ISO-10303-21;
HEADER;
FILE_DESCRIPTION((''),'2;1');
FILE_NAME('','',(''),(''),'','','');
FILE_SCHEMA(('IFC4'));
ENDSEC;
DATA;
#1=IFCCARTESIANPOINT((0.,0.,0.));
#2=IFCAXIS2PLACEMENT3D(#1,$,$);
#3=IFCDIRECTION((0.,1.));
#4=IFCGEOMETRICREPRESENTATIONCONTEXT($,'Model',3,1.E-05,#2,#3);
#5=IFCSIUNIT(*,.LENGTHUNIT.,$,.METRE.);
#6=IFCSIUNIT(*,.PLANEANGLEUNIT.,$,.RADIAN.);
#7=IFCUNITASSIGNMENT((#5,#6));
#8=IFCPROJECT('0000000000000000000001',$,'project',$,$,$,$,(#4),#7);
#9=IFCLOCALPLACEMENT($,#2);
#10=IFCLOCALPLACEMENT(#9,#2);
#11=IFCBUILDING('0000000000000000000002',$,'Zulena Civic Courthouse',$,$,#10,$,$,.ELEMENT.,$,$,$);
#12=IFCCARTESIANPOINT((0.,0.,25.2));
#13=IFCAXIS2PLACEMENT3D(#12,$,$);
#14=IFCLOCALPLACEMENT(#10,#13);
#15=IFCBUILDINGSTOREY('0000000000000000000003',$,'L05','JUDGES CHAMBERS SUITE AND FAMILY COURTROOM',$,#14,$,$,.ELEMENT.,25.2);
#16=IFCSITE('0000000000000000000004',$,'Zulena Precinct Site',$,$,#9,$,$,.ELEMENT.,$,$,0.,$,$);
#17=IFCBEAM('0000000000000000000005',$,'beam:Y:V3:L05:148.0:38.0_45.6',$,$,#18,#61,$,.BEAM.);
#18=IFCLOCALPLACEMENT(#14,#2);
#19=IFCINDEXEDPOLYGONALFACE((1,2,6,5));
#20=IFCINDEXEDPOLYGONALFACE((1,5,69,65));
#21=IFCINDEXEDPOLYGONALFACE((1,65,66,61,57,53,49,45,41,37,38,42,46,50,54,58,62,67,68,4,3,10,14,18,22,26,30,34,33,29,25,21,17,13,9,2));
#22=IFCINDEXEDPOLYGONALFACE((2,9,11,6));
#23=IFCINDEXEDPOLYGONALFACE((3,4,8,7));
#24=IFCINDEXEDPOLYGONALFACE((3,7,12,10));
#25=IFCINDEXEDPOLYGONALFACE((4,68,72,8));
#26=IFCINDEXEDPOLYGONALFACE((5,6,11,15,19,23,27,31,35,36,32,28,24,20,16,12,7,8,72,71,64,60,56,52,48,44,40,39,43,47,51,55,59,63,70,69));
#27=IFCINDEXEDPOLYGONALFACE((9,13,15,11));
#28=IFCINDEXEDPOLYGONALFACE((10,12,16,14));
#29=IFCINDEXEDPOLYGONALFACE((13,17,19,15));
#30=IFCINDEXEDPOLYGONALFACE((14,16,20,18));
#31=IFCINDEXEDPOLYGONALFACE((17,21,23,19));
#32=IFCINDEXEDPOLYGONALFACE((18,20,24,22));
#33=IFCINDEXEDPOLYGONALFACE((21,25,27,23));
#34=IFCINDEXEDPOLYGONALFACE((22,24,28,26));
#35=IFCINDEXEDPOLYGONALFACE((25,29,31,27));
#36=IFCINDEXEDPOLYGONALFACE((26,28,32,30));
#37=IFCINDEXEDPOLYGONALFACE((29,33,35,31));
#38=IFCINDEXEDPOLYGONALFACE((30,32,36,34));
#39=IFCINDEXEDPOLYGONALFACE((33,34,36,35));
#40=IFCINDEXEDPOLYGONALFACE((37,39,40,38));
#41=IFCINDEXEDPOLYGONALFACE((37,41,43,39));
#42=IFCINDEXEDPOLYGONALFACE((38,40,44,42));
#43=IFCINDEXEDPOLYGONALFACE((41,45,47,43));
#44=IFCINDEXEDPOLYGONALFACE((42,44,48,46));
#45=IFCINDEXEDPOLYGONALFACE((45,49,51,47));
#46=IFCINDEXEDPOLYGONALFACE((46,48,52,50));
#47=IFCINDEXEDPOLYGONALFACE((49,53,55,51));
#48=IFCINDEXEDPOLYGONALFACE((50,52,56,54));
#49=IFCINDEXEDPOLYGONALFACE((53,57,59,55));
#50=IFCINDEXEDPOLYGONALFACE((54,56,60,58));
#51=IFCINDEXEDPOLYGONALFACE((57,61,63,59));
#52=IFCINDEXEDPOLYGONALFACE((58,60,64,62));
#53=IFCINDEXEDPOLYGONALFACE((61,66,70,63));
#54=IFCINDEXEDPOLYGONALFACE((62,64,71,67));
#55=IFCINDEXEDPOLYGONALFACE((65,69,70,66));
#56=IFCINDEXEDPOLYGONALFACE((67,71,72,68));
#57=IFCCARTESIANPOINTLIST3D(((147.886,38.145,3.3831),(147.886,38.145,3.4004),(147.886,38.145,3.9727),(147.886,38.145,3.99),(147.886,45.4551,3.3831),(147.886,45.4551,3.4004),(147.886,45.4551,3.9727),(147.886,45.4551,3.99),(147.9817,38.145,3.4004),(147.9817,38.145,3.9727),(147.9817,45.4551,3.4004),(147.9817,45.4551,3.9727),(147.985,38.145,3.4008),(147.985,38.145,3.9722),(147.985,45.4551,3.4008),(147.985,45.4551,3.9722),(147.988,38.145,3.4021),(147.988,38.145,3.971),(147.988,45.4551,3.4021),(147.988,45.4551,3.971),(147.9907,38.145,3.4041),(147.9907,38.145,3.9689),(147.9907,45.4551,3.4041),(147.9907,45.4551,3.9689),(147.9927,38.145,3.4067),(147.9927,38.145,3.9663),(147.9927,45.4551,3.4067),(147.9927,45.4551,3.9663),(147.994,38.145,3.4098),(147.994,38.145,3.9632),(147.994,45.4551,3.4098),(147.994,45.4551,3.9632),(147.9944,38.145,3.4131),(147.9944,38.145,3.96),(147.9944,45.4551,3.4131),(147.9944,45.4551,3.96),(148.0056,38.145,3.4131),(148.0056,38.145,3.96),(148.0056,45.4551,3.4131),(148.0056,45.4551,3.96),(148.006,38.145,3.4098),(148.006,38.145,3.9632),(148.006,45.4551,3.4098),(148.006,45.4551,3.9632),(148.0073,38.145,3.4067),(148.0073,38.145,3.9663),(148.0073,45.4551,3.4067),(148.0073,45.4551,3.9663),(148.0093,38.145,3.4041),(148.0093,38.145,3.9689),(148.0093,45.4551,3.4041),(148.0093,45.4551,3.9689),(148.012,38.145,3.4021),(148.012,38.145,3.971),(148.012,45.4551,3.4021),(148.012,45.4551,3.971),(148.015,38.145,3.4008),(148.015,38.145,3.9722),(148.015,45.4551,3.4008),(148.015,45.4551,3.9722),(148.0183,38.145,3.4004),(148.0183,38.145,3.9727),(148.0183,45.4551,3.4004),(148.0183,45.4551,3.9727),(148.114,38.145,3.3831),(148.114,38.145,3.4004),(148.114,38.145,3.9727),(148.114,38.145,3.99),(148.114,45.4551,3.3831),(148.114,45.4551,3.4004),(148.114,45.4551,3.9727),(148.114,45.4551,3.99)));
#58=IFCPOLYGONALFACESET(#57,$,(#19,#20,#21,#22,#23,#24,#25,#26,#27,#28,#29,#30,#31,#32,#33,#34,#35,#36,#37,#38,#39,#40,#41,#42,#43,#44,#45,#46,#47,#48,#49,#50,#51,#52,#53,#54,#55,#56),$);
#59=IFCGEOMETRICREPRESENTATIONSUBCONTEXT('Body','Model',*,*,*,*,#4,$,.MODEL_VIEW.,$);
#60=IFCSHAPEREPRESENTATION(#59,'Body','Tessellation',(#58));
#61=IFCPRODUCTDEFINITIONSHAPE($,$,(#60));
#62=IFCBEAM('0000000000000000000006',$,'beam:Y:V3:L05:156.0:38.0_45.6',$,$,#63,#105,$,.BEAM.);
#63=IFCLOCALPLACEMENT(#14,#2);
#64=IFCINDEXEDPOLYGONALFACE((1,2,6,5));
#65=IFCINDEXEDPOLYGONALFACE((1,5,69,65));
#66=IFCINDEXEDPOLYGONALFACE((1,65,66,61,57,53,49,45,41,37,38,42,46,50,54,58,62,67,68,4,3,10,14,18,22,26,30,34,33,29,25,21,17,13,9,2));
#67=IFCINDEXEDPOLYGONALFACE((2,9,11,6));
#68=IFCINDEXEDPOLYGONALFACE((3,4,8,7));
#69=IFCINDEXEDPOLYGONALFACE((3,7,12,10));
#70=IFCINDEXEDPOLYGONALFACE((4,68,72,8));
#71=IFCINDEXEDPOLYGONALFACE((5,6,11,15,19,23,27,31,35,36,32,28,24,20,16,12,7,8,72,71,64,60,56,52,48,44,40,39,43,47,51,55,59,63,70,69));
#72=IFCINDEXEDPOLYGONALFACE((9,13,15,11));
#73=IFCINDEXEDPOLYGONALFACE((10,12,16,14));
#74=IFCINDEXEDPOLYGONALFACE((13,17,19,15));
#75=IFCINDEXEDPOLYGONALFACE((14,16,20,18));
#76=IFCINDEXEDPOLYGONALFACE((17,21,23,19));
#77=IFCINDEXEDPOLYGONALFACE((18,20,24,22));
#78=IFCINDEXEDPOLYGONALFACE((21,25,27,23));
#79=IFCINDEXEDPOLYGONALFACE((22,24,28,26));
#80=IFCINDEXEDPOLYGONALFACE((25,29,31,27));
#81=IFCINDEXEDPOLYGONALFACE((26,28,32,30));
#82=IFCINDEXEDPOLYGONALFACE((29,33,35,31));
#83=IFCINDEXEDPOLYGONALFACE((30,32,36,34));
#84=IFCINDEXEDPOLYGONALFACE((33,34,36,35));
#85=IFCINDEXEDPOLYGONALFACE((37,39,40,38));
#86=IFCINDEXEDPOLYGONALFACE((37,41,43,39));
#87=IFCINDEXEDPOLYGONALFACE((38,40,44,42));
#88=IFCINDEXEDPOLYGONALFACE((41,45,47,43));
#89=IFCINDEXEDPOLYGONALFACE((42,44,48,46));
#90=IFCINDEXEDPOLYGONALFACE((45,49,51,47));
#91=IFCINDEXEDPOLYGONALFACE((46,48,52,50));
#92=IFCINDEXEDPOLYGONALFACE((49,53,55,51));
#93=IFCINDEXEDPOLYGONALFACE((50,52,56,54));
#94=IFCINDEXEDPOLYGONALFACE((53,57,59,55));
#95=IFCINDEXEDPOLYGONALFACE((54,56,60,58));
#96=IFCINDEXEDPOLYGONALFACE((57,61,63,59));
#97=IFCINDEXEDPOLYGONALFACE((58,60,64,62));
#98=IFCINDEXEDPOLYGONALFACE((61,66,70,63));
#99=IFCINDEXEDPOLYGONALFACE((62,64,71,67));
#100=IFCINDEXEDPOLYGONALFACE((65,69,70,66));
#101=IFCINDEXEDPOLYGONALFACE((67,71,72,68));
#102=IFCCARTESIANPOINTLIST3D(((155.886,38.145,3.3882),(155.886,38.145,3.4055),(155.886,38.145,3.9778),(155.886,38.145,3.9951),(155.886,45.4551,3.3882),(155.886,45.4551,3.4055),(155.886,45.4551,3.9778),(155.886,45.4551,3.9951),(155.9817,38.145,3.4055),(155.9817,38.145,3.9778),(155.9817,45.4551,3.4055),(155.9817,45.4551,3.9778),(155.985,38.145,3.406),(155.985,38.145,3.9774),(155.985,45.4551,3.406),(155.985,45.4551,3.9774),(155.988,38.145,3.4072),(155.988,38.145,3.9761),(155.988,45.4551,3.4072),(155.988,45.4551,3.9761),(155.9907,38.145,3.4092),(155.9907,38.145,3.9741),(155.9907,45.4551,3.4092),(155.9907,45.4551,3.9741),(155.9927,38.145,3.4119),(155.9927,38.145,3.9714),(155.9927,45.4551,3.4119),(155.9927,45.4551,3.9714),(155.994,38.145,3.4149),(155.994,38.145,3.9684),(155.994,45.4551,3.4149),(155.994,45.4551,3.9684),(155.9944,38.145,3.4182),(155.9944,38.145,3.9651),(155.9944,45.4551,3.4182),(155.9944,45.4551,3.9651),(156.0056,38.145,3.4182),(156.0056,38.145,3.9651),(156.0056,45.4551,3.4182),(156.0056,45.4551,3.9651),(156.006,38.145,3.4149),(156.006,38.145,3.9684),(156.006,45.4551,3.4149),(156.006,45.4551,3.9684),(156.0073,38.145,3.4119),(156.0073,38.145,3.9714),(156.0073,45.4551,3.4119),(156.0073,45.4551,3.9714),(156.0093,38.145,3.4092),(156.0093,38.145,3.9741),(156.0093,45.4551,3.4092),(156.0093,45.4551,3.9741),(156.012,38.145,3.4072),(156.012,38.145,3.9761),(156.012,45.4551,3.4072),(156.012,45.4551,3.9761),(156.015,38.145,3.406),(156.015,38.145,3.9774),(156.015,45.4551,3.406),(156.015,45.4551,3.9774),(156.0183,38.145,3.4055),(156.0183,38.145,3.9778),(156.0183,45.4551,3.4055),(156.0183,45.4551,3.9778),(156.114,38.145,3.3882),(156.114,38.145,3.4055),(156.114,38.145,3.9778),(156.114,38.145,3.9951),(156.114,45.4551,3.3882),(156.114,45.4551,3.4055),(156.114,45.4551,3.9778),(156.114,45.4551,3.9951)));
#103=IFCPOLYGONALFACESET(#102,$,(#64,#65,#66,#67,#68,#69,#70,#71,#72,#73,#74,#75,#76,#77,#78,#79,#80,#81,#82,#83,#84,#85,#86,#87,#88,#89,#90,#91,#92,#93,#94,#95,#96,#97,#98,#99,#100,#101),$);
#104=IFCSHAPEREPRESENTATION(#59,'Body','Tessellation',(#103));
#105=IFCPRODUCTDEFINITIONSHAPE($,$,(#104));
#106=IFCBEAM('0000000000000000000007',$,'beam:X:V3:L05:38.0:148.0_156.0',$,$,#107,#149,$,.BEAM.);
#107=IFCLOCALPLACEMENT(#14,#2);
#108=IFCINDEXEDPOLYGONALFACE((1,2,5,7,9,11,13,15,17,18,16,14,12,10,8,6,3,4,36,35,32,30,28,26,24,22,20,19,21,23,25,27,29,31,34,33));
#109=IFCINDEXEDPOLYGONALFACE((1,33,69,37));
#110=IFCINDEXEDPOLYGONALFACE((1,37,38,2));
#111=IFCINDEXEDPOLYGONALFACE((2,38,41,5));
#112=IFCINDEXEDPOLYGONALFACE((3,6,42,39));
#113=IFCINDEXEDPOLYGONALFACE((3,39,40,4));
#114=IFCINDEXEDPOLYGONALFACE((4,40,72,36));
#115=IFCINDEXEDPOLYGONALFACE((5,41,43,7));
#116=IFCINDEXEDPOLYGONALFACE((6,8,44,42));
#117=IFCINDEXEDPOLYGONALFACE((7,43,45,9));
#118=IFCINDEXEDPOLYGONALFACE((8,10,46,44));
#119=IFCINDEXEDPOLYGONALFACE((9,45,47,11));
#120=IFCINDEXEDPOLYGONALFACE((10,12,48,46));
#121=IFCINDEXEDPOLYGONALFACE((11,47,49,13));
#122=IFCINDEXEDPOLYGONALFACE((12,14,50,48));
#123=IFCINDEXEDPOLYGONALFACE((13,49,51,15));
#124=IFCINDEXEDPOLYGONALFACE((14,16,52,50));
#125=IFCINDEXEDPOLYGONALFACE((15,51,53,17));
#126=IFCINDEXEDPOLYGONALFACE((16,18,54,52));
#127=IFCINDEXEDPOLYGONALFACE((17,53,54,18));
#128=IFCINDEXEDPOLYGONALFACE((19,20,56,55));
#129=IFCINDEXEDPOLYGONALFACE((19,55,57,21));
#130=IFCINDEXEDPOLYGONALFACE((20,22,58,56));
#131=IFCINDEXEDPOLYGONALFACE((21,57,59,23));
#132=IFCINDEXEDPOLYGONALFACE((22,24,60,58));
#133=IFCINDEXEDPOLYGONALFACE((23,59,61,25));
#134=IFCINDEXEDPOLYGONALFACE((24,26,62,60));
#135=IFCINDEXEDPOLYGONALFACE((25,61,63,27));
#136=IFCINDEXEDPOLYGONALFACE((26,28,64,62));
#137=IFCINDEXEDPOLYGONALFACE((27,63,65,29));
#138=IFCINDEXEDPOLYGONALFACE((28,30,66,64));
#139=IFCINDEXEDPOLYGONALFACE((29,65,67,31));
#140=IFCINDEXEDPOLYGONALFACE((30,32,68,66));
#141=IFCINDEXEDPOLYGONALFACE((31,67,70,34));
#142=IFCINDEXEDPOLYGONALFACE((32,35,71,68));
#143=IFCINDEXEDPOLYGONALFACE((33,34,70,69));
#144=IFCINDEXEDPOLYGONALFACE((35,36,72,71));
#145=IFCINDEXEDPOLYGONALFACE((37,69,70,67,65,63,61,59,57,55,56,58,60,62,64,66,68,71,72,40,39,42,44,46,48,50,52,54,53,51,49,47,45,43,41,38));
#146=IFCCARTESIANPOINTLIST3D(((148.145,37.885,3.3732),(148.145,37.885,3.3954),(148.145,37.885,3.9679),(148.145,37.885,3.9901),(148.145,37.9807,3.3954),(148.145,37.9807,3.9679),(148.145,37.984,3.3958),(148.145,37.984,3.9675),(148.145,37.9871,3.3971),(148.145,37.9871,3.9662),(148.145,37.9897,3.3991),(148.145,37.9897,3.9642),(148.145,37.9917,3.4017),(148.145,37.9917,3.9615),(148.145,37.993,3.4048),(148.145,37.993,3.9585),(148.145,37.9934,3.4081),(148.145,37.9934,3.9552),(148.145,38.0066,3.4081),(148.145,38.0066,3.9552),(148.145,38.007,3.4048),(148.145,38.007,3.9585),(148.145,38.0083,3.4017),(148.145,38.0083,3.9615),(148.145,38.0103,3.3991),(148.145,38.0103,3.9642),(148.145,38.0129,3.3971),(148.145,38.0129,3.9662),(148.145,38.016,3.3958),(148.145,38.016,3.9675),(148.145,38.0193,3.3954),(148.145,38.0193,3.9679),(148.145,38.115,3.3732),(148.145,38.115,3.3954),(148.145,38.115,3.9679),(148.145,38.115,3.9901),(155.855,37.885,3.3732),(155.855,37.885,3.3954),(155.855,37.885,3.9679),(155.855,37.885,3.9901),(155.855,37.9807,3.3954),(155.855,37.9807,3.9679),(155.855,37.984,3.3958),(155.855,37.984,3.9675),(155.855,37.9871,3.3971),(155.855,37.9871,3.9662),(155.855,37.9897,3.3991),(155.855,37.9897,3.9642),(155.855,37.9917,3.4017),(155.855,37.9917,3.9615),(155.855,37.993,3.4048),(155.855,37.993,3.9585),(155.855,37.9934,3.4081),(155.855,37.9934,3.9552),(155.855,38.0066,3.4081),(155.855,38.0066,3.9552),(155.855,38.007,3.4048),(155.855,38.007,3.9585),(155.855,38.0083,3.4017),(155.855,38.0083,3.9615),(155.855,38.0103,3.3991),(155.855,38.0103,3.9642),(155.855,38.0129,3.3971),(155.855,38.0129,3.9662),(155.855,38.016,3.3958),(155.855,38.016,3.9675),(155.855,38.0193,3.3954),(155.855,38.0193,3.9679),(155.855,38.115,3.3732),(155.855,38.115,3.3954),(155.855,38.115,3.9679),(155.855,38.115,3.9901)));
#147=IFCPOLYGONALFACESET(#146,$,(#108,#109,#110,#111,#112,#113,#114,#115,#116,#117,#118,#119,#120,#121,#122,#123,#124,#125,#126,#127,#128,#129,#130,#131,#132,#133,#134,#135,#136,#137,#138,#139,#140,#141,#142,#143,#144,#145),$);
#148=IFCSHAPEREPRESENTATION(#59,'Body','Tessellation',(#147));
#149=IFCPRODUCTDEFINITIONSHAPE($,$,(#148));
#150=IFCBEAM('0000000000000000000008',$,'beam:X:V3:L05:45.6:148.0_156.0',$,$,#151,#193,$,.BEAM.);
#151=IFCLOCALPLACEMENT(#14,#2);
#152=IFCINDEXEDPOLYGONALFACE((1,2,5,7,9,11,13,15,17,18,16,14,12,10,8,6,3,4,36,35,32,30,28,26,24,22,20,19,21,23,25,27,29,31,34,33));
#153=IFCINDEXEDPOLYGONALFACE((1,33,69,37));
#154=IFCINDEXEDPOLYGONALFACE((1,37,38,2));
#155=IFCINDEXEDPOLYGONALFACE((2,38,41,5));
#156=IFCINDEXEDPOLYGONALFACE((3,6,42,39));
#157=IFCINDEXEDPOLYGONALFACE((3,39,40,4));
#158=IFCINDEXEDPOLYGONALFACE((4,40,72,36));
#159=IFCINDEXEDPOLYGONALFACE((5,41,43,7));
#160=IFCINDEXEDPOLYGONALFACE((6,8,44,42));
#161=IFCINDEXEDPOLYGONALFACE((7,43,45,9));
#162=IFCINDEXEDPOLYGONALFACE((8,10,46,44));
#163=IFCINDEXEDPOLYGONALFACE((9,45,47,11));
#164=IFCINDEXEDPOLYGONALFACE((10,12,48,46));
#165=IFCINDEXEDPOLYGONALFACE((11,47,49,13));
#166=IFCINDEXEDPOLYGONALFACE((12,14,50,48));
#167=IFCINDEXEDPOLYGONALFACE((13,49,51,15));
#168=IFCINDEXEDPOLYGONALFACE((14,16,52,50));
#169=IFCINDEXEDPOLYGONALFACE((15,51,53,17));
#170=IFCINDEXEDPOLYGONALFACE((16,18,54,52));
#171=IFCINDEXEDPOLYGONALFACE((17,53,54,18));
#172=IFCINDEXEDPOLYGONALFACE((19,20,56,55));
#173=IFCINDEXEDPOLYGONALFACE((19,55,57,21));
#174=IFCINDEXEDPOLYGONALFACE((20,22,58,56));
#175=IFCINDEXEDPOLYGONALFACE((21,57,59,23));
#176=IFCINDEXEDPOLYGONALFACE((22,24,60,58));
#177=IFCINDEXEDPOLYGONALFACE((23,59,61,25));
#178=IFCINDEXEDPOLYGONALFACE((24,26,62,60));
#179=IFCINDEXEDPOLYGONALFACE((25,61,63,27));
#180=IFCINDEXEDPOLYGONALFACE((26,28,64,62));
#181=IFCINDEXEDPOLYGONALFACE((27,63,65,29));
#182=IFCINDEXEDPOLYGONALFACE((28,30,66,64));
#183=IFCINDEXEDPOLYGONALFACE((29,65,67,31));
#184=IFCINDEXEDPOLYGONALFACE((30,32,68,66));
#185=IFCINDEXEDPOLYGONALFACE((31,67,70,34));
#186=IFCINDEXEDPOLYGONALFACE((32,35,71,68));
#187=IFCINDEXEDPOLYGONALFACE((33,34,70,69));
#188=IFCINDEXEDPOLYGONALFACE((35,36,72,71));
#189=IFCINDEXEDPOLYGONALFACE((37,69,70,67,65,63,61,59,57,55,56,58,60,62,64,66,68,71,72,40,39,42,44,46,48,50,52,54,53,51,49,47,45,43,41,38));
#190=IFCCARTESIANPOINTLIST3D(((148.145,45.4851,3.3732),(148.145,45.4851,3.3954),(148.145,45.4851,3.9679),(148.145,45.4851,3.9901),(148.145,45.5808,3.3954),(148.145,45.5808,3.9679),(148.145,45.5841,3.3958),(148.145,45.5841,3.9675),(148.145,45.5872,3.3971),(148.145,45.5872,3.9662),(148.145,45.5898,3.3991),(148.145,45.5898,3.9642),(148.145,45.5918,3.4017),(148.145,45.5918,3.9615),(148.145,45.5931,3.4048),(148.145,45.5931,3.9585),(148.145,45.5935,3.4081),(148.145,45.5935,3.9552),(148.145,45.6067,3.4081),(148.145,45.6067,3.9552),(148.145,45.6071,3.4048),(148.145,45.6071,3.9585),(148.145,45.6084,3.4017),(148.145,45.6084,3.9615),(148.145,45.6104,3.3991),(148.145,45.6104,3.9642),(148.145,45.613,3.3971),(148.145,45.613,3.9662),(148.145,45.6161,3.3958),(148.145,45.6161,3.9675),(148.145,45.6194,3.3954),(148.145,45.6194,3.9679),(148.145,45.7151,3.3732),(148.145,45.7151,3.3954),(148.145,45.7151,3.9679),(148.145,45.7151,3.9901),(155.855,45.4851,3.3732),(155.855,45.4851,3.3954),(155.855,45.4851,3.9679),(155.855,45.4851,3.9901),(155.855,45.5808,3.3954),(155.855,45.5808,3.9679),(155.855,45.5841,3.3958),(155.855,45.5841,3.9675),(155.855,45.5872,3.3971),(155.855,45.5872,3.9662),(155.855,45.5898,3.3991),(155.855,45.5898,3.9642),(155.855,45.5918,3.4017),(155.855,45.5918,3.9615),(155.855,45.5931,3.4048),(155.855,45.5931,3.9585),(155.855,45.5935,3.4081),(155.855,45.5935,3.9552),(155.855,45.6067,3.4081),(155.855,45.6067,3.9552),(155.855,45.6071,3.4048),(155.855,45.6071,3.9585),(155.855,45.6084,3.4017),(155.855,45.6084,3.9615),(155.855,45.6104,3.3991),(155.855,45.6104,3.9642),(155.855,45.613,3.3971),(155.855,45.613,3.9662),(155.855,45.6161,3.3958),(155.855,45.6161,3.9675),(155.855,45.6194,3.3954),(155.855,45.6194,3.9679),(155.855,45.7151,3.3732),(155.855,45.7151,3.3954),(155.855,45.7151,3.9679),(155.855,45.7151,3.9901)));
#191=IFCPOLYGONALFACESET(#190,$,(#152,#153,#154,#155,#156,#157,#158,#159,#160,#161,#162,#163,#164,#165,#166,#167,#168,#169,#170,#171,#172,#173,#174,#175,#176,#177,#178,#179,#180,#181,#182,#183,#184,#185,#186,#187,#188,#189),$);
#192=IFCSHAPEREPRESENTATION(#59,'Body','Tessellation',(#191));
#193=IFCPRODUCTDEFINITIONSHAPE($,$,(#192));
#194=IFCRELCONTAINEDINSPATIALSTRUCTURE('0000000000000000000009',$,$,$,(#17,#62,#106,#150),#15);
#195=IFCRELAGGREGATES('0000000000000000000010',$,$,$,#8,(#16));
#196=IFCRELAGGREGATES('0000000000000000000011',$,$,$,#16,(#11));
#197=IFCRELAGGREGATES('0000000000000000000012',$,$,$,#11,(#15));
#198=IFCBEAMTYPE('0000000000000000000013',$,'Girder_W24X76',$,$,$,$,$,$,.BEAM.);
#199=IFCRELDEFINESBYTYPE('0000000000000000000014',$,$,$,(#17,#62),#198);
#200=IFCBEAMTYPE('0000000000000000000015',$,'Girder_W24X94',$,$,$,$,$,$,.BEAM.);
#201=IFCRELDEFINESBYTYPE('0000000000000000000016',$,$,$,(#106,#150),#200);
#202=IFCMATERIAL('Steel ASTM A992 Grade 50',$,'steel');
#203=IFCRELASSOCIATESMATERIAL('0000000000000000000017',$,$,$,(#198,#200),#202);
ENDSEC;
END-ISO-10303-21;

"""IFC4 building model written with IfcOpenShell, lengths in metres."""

from ifc_helpers import new_model, si_unit, direction, frame, origin, origin_2d, place, context, subcontext, project, spatial, i_section, extrude, material, material_profile, profile_set, type_object, element, save


model = new_model("IFC4")

# Units and contexts
model_context = context("Model", 3, precision=1e-05, world=origin(), true_north=direction((0.0, 1.0)))
body_context = subcontext(model_context, "Body", "Model", "MODEL_VIEW")
ifc_project = project(units=[si_unit("LENGTHUNIT", "METRE"), si_unit("PLANEANGLEUNIT", "RADIAN")], contexts=[model_context])

# Site, building, storey
site_placement = place(None, origin())
site = spatial("IfcSite", under=ifc_project, at=site_placement, Name="Zulena Precinct Site", CompositionType="ELEMENT", RefElevation=0.0)
building_placement = place(site_placement, origin())
building = spatial("IfcBuilding", under=site, at=building_placement, Name="Zulena Civic Courthouse", CompositionType="ELEMENT")
storey_placement = place(building_placement, frame((0.0, 0.0, 25.2)))
storey = spatial("IfcBuildingStorey", under=building, at=storey_placement, Name="L05", Description="JUDGES CHAMBERS SUITE AND FAMILY COURTROOM", CompositionType="ELEMENT", Elevation=25.2)

# Shared definitions
ifc_material_1 = material(Name="Steel ASTM A992 Grade 50", Category="steel")

# Beams
ifc_material_profile_1 = material_profile(ifc_material_1, i_section(OverallWidth=0.228, OverallDepth=0.6069, WebThickness=0.0112, FlangeThickness=0.0173, FilletRadius=0.0127, at=origin_2d()), Name="W24X76")
ifc_profile_set_1 = profile_set([ifc_material_profile_1], Name="Steel ASTM A992 Grade 50")
beam_type_1 = type_object("IfcBeamType", Name="Girder_W24X76", PredefinedType="BEAM", material=ifc_profile_set_1)
for number, where, z_axis, x_axis, name in (
    (1, (148.0, 38.145, 3.6865), (0.0, 1.0, 0.0), (-1.0, 0.0, 0.0), "beam:Y:V3:L05:148.0:38.0_45.6"),
    (2, (156.0, 38.145, 3.6917), (0.0, 1.0, 0.0), (-1.0, 0.0, 0.0), "beam:Y:V3:L05:156.0:38.0_45.6"),
):
    element("IfcBeam", number, at=place(storey_placement, frame(where, z_axis=z_axis, x_axis=x_axis)), inside=storey, type_object=beam_type_1, Name=name, PredefinedType="BEAM", context=body_context, shape_type="SweptSolid", body=[
        extrude(i_section(OverallWidth=0.228, OverallDepth=0.6069, WebThickness=0.0112, FlangeThickness=0.0173, FilletRadius=0.0127, at=origin_2d()), origin(), (0.0, 0.0, 1.0), 7.3101),
    ])
ifc_material_profile_2 = material_profile(ifc_material_1, i_section(OverallWidth=0.23, OverallDepth=0.6169, WebThickness=0.0132, FlangeThickness=0.0222, FilletRadius=0.0127, at=origin_2d()), Name="W24X94")
ifc_profile_set_2 = profile_set([ifc_material_profile_2], Name="Steel ASTM A992 Grade 50")
beam_type_2 = type_object("IfcBeamType", Name="Girder_W24X94", PredefinedType="BEAM", material=ifc_profile_set_2)
for number, where, z_axis, x_axis, name in (
    (3, (148.145, 38.0, 3.6816), (1.0, 0.0, 0.0), (0.0, 1.0, 0.0), "beam:X:V3:L05:38.0:148.0_156.0"),
    (4, (148.145, 45.6001, 3.6816), (1.0, 0.0, 0.0), (0.0, 1.0, 0.0), "beam:X:V3:L05:45.6:148.0_156.0"),
):
    element("IfcBeam", number, at=place(storey_placement, frame(where, z_axis=z_axis, x_axis=x_axis)), inside=storey, type_object=beam_type_2, Name=name, PredefinedType="BEAM", context=body_context, shape_type="SweptSolid", body=[
        extrude(i_section(OverallWidth=0.23, OverallDepth=0.6169, WebThickness=0.0132, FlangeThickness=0.0222, FilletRadius=0.0127, at=origin_2d()), origin(), (0.0, 0.0, 1.0), 7.71),
    ])

save(model, "model.ifc")
